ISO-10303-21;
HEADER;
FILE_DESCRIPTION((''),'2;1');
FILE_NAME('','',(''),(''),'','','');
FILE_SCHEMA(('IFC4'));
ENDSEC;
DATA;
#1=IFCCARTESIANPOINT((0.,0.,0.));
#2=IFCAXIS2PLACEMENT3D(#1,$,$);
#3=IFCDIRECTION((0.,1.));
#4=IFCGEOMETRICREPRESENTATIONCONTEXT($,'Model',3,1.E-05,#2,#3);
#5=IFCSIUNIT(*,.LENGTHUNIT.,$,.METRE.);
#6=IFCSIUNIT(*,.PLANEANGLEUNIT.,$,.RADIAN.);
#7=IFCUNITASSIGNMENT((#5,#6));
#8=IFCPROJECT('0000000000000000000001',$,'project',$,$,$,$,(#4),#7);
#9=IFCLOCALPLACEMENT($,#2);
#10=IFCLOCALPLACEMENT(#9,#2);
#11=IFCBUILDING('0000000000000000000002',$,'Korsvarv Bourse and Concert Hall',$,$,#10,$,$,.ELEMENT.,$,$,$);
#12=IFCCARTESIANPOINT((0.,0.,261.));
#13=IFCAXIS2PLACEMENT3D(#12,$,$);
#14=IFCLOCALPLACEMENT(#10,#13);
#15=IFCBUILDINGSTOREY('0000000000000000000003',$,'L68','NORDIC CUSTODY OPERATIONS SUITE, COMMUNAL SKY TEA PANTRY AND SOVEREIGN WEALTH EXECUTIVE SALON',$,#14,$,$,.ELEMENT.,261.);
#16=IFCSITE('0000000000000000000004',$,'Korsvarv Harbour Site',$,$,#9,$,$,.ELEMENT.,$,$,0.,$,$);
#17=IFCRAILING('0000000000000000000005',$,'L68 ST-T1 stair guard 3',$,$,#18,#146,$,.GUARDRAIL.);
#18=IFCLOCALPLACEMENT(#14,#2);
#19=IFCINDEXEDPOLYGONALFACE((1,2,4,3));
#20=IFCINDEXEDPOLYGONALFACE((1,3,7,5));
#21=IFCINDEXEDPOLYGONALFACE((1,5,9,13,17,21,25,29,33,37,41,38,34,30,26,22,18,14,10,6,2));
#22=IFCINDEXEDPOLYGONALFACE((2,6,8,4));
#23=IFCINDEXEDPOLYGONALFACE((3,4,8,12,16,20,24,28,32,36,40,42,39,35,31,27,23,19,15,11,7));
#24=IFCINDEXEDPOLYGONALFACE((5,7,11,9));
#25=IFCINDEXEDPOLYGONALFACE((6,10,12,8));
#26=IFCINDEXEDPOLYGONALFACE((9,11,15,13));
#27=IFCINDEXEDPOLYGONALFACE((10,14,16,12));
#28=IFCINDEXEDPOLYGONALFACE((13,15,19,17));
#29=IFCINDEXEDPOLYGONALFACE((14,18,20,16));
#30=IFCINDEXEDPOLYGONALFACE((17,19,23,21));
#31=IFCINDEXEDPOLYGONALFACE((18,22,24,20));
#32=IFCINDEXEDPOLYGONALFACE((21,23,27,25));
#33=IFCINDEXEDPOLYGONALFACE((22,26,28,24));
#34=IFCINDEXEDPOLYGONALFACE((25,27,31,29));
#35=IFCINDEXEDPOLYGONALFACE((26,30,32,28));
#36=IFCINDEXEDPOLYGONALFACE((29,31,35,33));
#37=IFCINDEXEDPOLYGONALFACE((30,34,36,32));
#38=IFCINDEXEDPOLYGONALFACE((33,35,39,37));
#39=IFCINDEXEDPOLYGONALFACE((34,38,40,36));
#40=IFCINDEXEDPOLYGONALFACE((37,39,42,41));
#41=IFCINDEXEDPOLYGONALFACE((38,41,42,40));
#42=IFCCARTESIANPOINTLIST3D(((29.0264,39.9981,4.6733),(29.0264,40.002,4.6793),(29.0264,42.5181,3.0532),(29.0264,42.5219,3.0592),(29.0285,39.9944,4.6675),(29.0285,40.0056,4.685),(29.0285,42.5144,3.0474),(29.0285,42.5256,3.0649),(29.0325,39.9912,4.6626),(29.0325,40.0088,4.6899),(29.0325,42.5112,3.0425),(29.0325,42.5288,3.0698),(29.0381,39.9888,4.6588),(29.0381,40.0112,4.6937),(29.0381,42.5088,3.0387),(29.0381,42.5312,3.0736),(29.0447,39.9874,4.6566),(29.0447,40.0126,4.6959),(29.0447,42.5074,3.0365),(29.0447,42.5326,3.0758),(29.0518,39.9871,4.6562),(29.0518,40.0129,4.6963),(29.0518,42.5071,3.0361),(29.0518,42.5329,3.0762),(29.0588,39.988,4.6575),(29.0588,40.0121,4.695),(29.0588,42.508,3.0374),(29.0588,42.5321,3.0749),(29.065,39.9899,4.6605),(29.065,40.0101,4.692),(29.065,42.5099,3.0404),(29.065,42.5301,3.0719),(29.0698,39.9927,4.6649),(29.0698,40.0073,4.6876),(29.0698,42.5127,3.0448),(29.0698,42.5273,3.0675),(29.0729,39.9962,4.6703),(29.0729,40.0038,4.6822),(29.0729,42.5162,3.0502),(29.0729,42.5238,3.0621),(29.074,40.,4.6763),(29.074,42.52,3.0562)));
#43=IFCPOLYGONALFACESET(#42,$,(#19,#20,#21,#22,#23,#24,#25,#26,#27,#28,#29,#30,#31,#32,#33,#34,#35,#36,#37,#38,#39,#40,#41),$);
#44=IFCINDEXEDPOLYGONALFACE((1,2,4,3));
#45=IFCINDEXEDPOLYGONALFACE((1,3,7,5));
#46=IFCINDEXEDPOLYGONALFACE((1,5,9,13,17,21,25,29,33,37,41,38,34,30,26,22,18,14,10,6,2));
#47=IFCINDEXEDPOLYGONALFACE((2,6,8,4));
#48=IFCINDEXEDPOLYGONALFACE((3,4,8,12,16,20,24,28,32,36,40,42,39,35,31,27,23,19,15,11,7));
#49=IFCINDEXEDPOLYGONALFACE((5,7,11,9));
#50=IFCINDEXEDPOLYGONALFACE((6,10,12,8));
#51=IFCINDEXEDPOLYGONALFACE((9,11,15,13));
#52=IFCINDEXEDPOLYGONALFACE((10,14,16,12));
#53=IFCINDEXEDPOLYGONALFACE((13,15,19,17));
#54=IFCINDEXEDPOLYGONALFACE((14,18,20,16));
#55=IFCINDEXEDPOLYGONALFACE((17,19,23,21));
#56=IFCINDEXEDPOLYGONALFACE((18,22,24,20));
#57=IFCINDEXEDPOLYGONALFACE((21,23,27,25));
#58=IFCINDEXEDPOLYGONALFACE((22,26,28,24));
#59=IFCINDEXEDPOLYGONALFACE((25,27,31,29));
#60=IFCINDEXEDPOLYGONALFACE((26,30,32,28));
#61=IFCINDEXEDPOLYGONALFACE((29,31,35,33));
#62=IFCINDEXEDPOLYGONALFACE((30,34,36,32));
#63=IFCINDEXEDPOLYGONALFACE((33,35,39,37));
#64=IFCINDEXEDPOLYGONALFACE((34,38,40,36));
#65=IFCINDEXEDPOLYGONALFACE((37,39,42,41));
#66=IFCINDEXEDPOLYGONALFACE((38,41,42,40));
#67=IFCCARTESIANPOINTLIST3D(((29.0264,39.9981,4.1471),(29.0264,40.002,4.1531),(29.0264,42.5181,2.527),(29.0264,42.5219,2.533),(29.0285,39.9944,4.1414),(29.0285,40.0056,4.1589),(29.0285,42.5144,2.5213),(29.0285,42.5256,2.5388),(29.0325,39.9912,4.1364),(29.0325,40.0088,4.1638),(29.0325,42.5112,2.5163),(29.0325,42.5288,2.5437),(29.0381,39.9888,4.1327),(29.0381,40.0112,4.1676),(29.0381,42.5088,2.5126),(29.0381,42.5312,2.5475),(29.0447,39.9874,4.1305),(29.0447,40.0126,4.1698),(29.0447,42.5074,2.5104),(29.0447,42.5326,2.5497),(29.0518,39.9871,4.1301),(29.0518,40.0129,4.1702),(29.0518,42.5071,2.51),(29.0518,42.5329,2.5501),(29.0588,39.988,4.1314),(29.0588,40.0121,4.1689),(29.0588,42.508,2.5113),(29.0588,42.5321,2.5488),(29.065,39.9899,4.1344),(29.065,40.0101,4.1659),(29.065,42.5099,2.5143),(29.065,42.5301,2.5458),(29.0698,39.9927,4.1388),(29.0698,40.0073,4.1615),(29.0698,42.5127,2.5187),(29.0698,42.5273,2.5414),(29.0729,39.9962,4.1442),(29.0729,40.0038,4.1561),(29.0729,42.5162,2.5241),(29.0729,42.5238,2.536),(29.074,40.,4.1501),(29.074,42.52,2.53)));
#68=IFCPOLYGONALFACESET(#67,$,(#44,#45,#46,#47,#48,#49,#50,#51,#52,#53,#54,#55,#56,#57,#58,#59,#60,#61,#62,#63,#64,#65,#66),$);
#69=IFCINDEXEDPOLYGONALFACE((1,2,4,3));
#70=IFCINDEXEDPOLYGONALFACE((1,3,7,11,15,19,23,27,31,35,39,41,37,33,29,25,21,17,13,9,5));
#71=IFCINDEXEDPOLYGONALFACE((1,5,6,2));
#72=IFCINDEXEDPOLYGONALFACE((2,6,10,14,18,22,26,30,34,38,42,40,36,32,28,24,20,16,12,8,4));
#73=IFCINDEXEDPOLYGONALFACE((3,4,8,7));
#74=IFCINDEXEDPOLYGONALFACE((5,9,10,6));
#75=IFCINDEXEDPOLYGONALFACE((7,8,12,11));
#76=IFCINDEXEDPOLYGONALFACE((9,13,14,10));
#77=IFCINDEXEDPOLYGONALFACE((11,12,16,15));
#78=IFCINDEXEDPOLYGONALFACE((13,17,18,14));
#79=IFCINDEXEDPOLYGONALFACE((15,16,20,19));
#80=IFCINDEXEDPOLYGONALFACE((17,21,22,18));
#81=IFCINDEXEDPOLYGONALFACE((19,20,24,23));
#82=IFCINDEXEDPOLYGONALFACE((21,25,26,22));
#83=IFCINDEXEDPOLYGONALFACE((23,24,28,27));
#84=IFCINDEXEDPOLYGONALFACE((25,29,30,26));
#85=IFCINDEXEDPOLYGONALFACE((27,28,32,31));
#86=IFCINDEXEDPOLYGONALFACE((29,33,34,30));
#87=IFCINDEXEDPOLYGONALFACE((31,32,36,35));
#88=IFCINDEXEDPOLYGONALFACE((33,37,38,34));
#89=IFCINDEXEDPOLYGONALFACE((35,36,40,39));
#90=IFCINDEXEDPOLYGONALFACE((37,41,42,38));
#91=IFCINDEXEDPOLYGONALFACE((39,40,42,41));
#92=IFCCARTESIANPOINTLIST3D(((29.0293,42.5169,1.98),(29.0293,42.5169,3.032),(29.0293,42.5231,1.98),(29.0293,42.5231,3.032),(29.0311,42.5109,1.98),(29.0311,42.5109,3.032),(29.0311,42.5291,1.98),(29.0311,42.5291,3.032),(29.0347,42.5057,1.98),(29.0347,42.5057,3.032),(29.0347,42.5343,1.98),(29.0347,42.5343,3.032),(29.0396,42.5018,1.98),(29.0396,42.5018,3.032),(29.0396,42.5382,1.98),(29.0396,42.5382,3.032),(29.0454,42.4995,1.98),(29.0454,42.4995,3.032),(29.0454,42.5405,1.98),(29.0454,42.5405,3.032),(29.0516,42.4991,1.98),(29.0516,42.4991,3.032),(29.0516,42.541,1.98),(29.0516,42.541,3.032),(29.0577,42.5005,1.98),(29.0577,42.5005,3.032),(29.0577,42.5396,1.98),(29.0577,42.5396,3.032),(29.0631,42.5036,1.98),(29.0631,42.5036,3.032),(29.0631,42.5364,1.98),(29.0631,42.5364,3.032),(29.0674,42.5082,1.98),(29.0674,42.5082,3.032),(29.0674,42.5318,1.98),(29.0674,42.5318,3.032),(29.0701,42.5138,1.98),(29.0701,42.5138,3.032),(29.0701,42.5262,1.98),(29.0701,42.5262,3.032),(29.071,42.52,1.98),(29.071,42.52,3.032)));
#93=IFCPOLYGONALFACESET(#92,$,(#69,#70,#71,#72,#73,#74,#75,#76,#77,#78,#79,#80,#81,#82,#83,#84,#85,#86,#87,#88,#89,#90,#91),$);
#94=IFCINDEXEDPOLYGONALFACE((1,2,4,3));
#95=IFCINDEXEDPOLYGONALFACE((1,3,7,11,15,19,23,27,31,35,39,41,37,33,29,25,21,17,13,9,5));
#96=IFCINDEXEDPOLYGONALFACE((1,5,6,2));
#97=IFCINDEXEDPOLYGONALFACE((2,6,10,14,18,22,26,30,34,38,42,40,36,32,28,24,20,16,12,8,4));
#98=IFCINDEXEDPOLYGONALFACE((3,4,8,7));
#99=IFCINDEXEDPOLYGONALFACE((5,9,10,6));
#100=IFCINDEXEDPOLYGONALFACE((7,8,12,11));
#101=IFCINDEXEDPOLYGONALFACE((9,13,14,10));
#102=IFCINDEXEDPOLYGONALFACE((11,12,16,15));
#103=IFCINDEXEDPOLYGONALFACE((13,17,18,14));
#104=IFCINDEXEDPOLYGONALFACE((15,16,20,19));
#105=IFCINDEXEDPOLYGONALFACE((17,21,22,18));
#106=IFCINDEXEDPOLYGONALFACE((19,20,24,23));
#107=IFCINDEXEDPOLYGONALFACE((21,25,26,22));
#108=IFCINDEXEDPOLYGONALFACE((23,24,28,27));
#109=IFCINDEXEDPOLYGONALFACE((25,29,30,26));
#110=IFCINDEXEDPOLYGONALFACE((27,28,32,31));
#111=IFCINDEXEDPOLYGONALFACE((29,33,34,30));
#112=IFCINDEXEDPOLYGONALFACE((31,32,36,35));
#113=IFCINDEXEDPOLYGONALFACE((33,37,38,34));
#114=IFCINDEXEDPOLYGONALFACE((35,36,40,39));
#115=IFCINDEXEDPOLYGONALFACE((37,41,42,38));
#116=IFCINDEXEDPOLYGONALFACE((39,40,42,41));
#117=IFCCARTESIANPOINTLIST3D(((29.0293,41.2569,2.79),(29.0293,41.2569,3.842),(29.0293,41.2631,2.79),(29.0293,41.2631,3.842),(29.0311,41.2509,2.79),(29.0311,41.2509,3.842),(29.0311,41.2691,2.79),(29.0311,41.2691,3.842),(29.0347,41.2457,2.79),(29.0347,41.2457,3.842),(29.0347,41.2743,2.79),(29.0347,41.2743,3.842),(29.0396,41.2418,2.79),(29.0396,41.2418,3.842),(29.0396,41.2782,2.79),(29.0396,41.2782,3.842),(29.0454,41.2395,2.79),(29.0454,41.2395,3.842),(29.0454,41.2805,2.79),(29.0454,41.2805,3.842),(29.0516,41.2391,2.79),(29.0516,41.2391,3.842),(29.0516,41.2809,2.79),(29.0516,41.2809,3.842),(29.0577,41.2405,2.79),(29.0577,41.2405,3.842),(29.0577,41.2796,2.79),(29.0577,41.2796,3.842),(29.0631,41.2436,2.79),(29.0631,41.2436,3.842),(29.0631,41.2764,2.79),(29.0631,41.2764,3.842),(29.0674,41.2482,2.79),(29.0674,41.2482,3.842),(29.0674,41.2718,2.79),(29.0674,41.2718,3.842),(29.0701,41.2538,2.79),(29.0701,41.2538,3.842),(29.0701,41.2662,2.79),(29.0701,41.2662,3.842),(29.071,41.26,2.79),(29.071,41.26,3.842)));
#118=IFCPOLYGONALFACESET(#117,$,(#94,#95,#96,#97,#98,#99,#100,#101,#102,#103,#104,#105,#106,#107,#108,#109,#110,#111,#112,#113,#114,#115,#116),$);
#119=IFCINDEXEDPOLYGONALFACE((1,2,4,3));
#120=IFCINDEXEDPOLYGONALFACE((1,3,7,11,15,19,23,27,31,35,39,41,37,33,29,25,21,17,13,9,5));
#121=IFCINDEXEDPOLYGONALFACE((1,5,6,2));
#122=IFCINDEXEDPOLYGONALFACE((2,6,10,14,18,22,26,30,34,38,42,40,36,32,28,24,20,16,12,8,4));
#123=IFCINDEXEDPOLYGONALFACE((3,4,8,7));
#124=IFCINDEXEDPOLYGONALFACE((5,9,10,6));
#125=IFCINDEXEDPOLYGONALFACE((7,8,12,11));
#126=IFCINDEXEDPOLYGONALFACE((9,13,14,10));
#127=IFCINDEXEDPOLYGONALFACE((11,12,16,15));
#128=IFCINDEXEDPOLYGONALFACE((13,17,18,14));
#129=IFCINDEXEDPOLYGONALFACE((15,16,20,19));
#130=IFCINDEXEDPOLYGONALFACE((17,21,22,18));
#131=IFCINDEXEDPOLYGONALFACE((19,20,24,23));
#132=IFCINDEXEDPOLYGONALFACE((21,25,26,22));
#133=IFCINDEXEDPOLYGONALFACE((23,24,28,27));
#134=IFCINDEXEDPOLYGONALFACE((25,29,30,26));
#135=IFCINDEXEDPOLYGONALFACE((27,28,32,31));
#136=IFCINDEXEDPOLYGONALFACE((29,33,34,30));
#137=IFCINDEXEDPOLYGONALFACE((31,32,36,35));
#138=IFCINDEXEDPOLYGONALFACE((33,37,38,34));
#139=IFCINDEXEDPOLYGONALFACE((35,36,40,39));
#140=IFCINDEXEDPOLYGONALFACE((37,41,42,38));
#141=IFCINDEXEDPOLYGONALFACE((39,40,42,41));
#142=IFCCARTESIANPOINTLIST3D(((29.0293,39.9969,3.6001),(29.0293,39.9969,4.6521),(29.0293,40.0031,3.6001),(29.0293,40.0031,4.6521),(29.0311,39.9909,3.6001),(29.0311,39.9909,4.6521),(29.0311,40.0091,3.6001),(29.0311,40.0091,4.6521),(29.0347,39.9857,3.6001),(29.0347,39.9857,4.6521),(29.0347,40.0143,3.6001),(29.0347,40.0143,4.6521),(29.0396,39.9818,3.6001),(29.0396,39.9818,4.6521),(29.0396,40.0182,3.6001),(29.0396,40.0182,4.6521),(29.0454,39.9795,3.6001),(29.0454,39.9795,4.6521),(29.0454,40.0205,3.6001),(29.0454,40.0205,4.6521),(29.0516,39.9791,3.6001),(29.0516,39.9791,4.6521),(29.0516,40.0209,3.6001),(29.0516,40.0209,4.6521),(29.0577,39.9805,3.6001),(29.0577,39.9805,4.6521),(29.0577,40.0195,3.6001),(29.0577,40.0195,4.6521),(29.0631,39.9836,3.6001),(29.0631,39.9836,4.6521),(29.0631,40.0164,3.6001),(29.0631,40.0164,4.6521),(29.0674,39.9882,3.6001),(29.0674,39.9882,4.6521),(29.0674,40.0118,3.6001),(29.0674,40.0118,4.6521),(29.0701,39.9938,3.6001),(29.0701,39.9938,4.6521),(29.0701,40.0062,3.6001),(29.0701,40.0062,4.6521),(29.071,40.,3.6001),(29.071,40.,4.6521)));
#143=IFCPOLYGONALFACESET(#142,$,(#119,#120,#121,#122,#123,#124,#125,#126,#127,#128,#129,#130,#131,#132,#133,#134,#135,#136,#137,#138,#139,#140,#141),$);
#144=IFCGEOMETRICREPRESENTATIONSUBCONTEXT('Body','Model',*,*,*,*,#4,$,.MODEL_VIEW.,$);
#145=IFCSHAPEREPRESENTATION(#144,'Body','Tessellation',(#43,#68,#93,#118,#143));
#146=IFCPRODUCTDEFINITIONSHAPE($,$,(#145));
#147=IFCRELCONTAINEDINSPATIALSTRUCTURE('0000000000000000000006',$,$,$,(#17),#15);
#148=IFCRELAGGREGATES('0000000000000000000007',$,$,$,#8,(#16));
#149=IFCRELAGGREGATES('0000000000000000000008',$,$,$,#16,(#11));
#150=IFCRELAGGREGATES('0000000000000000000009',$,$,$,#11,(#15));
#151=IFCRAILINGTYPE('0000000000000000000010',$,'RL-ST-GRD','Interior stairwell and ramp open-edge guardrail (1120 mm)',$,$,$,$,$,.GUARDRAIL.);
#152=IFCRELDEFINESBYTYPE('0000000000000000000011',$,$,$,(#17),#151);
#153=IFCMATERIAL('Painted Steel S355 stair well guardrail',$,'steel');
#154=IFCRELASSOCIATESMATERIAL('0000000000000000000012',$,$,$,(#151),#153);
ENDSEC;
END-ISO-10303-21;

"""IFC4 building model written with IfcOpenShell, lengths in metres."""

from ifc_helpers import new_model, si_unit, direction, frame, origin, origin_2d, place, context, subcontext, project, spatial, circle, extrude, material, type_object, element, save


model = new_model("IFC4")

# Units and contexts
model_context = context("Model", 3, precision=1e-05, world=origin(), true_north=direction((0.0, 1.0)))
body_context = subcontext(model_context, "Body", "Model", "MODEL_VIEW")
ifc_project = project(units=[si_unit("LENGTHUNIT", "METRE"), si_unit("PLANEANGLEUNIT", "RADIAN")], contexts=[model_context])

# Site, building, storey
site_placement = place(None, origin())
site = spatial("IfcSite", under=ifc_project, at=site_placement, Name="Korsvarv Harbour Site", CompositionType="ELEMENT", RefElevation=0.0)
building_placement = place(site_placement, origin())
building = spatial("IfcBuilding", under=site, at=building_placement, Name="Korsvarv Bourse and Concert Hall", CompositionType="ELEMENT")
storey_placement = place(building_placement, frame((0.0, 0.0, 261.0)))
storey = spatial("IfcBuildingStorey", under=building, at=storey_placement, Name="L68", Description="NORDIC CUSTODY OPERATIONS SUITE, COMMUNAL SKY TEA PANTRY AND SOVEREIGN WEALTH EXECUTIVE SALON", CompositionType="ELEMENT", Elevation=261.0)

# Railing
ifc_material_1 = material(Name="Painted Steel S355 stair well guardrail", Category="steel")
railing_type_1 = type_object("IfcRailingType", Name="RL-ST-GRD", Description="Interior stairwell and ramp open-edge guardrail (1120 mm)", PredefinedType="GUARDRAIL", material=ifc_material_1)
railing_1_placement = place(storey_placement, frame((29.05, 42.52, 1.98)))
element("IfcRailing", 1, at=railing_1_placement, inside=storey, type_object=railing_type_1, Name="L68 ST-T1 stair guard 3", PredefinedType="GUARDRAIL", context=body_context, shape_type="SweptSolid", body=[
    extrude(circle(Radius=0.0239, at=origin_2d()), frame((0.0, 0.0, 1.0762), z_axis=(0.0, -0.841163, 0.540782), x_axis=(1.0, 0.0, 0.0)), (0.0, 0.0, 1.0), 2.9958),
    extrude(circle(Radius=0.0239, at=origin_2d()), frame((0.0, 0.0, 0.55), z_axis=(0.0, -0.841163, 0.540782), x_axis=(1.0, 0.0, 0.0)), (0.0, 0.0, 1.0), 2.9958),
    extrude(circle(Radius=0.021, at=origin_2d()), origin(), (0.0, 0.0, 1.0), 1.052),
    extrude(circle(Radius=0.021, at=origin_2d()), frame((0.0, -1.26, 0.8101)), (0.0, 0.0, 1.0), 1.052),
    extrude(circle(Radius=0.021, at=origin_2d()), frame((0.0, -2.52, 1.6201)), (0.0, 0.0, 1.0), 1.052),
])

save(model, "model.ifc")
